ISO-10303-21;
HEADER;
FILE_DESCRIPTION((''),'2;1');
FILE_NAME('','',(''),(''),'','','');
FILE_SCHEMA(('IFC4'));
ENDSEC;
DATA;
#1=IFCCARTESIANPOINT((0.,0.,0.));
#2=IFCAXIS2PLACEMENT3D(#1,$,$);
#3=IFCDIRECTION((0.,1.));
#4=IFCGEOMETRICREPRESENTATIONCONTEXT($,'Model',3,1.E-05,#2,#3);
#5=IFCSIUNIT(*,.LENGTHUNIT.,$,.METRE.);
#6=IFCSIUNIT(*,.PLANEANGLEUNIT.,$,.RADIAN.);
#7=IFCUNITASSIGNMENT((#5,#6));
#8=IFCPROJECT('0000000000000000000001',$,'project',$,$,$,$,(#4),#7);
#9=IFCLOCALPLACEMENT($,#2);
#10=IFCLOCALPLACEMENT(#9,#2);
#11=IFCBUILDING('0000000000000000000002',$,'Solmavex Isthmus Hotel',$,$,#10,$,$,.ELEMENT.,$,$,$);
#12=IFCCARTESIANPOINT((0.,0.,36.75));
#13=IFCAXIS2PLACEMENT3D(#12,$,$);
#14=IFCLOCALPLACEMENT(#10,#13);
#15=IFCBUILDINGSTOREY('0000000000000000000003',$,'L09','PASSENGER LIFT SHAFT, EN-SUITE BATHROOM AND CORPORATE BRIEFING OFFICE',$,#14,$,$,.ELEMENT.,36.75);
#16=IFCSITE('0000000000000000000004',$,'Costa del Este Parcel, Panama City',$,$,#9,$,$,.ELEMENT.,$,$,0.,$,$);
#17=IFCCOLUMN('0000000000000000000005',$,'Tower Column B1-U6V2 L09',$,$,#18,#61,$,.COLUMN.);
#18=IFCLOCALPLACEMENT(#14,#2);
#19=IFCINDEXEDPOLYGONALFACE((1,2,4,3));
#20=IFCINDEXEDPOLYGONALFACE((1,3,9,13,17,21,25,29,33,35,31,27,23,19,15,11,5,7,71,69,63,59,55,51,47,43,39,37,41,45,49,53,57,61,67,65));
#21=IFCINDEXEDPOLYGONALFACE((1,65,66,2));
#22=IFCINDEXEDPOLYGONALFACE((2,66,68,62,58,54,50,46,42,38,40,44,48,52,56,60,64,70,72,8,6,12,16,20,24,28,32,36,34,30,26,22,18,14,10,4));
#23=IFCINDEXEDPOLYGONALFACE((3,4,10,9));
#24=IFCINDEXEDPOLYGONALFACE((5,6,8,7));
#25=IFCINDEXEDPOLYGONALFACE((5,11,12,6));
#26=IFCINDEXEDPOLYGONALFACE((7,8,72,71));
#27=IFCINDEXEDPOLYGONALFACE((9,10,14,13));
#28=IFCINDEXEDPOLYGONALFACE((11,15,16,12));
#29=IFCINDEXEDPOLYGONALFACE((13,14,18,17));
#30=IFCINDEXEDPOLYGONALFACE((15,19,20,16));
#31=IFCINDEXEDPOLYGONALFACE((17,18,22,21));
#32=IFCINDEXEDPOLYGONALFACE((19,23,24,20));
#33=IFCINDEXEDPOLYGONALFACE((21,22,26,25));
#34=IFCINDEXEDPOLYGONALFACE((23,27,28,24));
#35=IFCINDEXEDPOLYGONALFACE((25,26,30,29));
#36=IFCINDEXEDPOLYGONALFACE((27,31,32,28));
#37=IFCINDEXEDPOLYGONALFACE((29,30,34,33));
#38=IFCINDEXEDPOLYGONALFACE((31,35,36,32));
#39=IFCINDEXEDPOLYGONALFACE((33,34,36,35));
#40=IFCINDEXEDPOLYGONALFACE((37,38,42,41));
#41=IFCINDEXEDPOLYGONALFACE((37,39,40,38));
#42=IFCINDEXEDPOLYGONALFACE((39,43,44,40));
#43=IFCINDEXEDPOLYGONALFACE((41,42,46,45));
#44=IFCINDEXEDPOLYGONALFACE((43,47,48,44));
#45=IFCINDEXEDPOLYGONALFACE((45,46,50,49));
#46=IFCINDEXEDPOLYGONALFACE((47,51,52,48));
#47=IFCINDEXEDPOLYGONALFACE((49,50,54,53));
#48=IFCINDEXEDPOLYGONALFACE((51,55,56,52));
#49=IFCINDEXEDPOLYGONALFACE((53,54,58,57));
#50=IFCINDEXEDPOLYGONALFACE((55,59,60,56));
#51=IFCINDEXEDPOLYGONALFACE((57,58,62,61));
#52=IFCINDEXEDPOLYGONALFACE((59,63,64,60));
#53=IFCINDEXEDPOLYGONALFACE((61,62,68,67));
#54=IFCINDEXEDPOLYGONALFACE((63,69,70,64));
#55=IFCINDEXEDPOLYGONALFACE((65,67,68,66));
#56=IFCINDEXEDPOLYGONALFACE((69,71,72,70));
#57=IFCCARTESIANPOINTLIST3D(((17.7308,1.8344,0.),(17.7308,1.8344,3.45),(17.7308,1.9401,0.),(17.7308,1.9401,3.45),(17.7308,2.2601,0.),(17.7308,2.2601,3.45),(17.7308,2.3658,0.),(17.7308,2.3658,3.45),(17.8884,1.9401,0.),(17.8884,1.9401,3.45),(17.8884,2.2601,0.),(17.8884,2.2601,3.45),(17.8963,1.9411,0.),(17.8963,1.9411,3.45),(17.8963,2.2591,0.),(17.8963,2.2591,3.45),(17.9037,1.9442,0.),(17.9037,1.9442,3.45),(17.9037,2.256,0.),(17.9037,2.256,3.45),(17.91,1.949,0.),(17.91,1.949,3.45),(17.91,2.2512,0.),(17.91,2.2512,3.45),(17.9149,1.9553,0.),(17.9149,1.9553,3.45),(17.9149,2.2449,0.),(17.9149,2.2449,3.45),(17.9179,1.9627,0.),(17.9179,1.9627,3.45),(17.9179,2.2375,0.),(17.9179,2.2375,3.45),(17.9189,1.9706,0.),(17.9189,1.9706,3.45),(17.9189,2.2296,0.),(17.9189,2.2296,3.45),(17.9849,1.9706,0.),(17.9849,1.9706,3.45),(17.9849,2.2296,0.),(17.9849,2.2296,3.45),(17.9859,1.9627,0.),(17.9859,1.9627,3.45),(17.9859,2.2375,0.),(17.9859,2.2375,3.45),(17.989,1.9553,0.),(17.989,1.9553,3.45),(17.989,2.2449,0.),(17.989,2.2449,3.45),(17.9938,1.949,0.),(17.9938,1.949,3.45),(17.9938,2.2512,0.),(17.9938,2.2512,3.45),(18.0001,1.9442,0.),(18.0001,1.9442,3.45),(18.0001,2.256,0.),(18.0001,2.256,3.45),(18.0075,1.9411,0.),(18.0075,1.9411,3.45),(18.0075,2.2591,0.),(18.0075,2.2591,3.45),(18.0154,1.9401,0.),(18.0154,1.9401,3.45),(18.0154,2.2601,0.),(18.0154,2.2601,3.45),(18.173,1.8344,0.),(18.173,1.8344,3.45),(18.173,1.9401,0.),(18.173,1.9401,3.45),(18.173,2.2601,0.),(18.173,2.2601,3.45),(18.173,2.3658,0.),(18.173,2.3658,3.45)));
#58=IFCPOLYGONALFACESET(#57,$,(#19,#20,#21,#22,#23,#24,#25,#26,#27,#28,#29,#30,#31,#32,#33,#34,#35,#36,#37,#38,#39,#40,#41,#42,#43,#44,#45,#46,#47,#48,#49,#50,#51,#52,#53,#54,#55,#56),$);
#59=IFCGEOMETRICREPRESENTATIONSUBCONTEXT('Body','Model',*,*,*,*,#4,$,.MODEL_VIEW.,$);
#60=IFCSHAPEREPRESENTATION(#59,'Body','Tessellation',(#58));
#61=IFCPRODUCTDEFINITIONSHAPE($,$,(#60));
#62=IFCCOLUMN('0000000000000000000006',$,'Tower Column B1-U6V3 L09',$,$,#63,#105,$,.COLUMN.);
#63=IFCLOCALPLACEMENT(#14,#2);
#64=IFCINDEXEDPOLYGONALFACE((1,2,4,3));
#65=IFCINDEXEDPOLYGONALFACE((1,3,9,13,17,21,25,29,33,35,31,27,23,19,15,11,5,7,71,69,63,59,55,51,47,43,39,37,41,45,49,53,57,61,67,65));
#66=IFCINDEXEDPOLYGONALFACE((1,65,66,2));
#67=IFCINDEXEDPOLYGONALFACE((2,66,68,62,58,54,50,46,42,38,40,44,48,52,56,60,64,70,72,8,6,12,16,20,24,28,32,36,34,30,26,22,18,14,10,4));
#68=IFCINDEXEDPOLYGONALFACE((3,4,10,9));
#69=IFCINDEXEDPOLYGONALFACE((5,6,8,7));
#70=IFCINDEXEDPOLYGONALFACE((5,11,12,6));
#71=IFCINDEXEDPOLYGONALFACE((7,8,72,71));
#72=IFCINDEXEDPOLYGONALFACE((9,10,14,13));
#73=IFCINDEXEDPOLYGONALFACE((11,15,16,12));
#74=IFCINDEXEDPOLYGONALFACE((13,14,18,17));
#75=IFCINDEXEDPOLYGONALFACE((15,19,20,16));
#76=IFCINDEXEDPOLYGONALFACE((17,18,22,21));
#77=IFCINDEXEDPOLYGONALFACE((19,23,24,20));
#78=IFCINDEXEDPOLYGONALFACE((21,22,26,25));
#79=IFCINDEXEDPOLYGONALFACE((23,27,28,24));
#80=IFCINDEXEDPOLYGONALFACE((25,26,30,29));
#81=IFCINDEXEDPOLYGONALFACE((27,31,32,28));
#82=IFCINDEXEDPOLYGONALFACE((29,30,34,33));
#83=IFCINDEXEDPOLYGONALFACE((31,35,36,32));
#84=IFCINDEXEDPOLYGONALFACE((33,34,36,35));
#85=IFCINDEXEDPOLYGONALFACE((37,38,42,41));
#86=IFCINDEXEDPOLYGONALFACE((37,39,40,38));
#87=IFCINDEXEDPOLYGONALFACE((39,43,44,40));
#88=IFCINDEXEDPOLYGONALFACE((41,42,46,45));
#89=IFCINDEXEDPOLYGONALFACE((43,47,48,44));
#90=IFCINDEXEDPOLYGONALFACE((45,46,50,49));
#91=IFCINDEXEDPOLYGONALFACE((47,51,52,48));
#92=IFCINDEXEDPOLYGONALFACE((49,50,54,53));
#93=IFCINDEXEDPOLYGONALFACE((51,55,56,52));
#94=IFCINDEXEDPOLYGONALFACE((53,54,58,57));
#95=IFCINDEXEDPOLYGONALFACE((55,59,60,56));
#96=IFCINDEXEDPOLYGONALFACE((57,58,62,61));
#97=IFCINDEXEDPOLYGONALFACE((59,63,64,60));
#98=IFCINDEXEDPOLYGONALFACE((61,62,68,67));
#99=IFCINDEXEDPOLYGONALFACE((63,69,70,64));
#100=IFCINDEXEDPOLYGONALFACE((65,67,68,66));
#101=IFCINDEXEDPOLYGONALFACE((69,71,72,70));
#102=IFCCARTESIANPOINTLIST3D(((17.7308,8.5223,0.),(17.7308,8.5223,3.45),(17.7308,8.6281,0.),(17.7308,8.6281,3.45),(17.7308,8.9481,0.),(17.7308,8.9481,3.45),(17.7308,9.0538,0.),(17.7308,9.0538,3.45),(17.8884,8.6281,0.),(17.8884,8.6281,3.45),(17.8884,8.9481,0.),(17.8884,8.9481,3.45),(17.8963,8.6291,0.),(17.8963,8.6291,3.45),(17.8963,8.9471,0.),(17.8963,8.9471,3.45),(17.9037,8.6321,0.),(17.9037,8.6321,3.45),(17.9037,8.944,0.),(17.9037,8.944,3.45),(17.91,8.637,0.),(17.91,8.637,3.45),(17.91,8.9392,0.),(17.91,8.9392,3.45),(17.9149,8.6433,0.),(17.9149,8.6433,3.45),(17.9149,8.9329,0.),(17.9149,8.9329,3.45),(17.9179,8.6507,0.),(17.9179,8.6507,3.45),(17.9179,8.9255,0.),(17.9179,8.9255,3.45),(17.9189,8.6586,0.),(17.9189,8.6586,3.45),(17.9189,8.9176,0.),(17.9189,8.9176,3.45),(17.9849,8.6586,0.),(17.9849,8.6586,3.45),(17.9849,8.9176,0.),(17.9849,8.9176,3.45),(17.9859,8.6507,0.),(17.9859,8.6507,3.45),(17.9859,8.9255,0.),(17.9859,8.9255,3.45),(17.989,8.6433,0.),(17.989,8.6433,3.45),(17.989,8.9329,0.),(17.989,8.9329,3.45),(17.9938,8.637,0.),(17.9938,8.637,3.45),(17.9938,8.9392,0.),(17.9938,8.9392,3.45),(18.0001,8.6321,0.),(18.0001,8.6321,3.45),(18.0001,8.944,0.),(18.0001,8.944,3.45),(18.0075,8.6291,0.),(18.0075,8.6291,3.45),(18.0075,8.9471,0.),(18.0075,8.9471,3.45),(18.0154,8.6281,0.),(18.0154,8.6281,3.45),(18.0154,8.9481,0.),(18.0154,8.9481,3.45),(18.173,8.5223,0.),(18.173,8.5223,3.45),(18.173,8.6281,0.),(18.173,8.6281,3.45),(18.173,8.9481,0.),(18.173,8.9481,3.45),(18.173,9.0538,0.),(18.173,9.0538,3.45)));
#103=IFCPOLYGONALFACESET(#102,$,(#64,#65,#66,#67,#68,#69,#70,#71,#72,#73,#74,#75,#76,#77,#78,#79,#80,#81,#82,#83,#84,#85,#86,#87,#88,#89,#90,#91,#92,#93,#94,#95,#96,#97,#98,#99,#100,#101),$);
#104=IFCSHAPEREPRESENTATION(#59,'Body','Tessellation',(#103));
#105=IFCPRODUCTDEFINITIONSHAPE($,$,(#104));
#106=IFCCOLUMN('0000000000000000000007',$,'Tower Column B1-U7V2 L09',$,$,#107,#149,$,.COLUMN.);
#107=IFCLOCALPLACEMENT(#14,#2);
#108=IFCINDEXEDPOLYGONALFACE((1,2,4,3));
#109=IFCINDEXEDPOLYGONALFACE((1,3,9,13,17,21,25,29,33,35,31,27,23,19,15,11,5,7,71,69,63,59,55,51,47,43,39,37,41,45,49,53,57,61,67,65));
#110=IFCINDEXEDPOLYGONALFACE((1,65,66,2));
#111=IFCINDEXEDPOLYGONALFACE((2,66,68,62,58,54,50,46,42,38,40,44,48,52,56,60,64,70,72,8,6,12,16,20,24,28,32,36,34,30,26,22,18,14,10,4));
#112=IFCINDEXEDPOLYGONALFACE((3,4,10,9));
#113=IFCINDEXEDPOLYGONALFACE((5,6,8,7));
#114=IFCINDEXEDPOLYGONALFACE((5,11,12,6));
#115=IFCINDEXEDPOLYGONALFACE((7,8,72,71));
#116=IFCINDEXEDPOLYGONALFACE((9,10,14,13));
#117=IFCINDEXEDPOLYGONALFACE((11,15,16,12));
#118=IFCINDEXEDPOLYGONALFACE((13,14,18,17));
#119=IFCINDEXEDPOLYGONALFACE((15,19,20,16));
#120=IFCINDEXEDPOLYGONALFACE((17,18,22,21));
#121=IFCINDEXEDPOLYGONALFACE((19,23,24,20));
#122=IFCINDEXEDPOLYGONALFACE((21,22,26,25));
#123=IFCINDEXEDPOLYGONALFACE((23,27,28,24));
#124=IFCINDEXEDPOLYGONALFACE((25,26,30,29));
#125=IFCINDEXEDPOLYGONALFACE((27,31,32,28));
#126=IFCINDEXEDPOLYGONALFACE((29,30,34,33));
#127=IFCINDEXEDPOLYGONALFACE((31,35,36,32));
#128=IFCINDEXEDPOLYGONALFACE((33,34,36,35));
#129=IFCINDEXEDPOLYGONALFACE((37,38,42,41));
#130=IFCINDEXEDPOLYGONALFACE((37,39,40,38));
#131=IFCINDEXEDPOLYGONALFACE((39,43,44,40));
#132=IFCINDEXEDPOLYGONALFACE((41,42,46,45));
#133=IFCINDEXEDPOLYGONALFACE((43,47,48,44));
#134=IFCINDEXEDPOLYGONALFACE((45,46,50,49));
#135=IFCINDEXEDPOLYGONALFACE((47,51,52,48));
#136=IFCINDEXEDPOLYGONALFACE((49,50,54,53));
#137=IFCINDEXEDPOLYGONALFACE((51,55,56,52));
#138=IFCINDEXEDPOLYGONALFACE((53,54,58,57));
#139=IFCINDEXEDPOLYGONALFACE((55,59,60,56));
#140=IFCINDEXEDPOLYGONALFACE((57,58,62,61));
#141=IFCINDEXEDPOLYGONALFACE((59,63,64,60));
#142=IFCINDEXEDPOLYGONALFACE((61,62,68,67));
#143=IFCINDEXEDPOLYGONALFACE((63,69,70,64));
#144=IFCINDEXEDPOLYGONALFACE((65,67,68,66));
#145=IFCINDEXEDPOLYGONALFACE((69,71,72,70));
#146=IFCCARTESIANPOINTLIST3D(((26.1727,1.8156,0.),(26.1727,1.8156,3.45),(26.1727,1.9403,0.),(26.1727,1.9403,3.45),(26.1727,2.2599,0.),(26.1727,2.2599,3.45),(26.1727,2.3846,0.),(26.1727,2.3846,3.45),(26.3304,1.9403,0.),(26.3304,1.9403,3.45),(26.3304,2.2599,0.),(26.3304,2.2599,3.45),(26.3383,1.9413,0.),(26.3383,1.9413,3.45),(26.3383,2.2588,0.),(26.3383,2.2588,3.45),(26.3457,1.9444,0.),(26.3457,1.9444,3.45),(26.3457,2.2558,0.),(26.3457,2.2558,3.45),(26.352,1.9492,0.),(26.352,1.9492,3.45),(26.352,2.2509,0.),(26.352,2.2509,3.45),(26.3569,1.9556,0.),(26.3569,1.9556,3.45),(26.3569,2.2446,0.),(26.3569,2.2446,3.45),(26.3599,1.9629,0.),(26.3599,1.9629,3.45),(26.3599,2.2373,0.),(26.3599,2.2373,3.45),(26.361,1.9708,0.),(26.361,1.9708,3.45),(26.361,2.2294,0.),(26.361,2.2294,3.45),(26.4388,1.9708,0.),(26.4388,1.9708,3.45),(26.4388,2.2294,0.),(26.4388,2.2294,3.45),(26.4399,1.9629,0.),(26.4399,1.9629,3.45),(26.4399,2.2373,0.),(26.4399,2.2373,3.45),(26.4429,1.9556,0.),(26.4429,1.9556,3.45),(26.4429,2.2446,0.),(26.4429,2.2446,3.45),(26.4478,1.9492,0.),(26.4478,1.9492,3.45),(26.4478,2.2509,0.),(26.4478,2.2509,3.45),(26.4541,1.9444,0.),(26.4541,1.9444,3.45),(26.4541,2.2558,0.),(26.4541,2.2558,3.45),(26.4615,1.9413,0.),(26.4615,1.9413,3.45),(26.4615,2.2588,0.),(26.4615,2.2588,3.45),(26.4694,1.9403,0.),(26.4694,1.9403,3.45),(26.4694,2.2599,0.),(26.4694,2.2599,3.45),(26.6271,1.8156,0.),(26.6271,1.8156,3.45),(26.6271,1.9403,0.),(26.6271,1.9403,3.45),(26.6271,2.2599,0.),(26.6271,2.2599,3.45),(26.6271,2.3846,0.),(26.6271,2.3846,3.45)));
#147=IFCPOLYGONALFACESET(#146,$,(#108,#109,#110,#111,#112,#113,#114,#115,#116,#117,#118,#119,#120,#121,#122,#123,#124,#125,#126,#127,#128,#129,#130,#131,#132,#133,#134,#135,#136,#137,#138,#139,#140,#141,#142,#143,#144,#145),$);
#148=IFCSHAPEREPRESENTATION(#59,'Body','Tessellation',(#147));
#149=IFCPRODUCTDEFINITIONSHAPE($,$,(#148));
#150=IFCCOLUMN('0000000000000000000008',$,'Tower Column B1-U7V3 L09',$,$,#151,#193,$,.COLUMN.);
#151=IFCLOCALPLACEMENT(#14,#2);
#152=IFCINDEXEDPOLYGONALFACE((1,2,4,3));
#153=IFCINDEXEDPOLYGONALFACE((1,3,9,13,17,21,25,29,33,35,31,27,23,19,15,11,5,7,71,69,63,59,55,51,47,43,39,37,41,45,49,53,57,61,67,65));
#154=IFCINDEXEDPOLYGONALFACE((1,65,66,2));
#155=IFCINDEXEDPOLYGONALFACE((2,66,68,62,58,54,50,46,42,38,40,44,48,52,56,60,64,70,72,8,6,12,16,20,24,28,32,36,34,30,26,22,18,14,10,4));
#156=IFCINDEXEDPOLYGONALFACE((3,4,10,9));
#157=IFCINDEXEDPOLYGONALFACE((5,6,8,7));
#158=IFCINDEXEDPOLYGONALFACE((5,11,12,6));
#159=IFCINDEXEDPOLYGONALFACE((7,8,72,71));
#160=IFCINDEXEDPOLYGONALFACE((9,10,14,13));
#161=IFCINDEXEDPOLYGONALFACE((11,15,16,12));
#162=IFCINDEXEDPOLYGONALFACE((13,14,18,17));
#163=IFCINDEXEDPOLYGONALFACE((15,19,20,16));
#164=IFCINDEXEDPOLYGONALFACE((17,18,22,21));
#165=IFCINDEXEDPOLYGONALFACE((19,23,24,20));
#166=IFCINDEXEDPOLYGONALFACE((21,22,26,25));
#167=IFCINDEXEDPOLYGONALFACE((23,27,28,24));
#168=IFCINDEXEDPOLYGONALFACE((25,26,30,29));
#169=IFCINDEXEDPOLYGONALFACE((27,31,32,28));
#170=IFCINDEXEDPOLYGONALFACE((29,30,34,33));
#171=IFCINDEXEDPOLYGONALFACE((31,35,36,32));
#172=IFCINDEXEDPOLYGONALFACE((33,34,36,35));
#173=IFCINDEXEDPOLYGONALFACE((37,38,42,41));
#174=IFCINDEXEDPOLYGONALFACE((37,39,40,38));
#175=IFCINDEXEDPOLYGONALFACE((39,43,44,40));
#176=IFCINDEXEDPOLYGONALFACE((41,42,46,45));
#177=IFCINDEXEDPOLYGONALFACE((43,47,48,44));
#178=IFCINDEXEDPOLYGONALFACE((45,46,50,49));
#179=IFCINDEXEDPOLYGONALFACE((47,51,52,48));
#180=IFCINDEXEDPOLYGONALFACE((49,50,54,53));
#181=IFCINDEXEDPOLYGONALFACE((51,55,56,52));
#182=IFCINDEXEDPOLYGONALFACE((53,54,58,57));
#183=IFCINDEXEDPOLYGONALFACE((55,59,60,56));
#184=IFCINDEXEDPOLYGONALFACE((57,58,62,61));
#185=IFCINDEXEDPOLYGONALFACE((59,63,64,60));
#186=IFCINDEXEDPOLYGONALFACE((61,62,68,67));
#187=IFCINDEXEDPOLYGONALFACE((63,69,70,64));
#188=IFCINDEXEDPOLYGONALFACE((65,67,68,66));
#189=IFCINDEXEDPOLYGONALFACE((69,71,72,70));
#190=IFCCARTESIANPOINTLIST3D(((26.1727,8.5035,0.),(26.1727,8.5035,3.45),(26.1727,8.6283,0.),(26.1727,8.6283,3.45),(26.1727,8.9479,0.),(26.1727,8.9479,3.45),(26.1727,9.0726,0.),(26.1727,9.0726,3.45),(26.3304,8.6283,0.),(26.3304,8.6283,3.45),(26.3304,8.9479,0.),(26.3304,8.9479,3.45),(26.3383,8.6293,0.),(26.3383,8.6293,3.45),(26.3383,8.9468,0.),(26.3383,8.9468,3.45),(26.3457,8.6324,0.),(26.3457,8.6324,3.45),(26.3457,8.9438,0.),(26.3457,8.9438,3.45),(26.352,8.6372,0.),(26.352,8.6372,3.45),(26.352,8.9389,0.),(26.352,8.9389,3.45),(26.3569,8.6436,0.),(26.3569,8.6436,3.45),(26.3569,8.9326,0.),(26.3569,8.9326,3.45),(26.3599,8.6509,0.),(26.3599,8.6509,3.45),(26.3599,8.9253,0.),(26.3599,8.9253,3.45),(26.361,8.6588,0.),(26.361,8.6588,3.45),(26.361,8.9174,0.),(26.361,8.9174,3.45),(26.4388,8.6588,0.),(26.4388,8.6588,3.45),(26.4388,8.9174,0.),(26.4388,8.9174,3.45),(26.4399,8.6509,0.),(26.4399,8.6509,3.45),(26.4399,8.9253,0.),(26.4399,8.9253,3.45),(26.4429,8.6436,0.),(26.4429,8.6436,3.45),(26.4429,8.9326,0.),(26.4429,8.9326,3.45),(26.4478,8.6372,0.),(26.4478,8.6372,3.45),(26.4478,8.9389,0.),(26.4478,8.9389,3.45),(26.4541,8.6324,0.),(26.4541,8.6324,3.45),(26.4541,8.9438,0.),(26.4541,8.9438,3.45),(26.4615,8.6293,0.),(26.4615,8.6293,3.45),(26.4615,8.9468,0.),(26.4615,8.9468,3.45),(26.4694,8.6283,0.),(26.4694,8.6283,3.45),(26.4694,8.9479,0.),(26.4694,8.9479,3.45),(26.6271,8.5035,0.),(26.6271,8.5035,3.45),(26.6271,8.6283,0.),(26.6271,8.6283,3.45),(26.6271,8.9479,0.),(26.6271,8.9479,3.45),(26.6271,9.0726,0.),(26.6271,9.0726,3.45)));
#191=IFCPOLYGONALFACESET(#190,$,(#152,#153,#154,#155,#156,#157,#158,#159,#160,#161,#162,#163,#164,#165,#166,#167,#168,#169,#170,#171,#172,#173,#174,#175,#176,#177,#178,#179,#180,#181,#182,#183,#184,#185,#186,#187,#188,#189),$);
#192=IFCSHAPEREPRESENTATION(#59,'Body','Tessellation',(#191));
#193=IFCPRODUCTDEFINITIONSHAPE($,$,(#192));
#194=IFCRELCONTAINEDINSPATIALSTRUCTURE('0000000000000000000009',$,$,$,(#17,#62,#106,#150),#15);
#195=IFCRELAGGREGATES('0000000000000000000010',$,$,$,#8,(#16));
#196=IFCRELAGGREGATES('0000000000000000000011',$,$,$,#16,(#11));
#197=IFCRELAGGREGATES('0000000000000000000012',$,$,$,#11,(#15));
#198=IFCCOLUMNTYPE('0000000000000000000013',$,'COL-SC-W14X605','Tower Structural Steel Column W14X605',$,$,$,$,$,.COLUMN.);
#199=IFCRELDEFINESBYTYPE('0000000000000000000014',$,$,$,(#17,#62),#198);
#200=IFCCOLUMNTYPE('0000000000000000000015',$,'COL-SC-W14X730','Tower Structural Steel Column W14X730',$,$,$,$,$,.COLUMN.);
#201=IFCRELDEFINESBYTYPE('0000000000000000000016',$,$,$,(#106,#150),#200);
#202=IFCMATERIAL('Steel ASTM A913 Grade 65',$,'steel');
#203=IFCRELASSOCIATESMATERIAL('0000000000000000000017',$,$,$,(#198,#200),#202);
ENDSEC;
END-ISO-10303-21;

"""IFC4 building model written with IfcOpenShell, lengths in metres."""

from ifc_helpers import new_model, si_unit, direction, frame, origin, origin_2d, place, context, subcontext, project, spatial, i_section, extrude, material, material_profile, profile_set, type_object, element, save


model = new_model("IFC4")

# Units and contexts
model_context = context("Model", 3, precision=1e-05, world=origin(), true_north=direction((0.0, 1.0)))
body_context = subcontext(model_context, "Body", "Model", "MODEL_VIEW")
ifc_project = project(units=[si_unit("LENGTHUNIT", "METRE"), si_unit("PLANEANGLEUNIT", "RADIAN")], contexts=[model_context])

# Site, building, storey
site_placement = place(None, origin())
site = spatial("IfcSite", under=ifc_project, at=site_placement, Name="Costa del Este Parcel, Panama City", CompositionType="ELEMENT", RefElevation=0.0)
building_placement = place(site_placement, origin())
building = spatial("IfcBuilding", under=site, at=building_placement, Name="Solmavex Isthmus Hotel", CompositionType="ELEMENT")
storey_placement = place(building_placement, frame((0.0, 0.0, 36.75)))
storey = spatial("IfcBuildingStorey", under=building, at=storey_placement, Name="L09", Description="PASSENGER LIFT SHAFT, EN-SUITE BATHROOM AND CORPORATE BRIEFING OFFICE", CompositionType="ELEMENT", Elevation=36.75)

# Columns
ifc_material_1 = material(Name="Steel ASTM A913 Grade 65", Category="steel")
ifc_material_profile_1 = material_profile(ifc_material_1, i_section(OverallWidth=0.4421, OverallDepth=0.5315, WebThickness=0.0659, FlangeThickness=0.1057, FilletRadius=0.0305, at=origin_2d()), Name="W14X605")
ifc_profile_set_1 = profile_set([ifc_material_profile_1], Name="Steel ASTM A913 Grade 65")
column_type_1 = type_object("IfcColumnType", Name="COL-SC-W14X605", Description="Tower Structural Steel Column W14X605", PredefinedType="COLUMN", material=ifc_profile_set_1)
for number, where, z_axis, x_axis, name in (
    (1, (17.9519, 2.1001, 0.0), (0.0, 0.0, 1.0), (1.0, 0.0, 0.0), "Tower Column B1-U6V2 L09"),
    (2, (17.9519, 8.7881, 0.0), (0.0, 0.0, 1.0), (1.0, 0.0, 0.0), "Tower Column B1-U6V3 L09"),
):
    element("IfcColumn", number, at=place(storey_placement, frame(where, z_axis=z_axis, x_axis=x_axis)), inside=storey, type_object=column_type_1, Name=name, PredefinedType="COLUMN", context=body_context, shape_type="SweptSolid", body=[
        extrude(i_section(OverallWidth=0.4421, OverallDepth=0.5315, WebThickness=0.0659, FlangeThickness=0.1057, FilletRadius=0.0305, at=origin_2d()), origin(), (0.0, 0.0, 1.0), 3.45),
    ])
ifc_material_profile_2 = material_profile(ifc_material_1, i_section(OverallWidth=0.4543, OverallDepth=0.5691, WebThickness=0.0779, FlangeThickness=0.1248, FilletRadius=0.0305, at=origin_2d()), Name="W14X730")
ifc_profile_set_2 = profile_set([ifc_material_profile_2], Name="Steel ASTM A913 Grade 65")
column_type_2 = type_object("IfcColumnType", Name="COL-SC-W14X730", Description="Tower Structural Steel Column W14X730", PredefinedType="COLUMN", material=ifc_profile_set_2)
for number, where, z_axis, x_axis, name in (
    (3, (26.3999, 2.1001, 0.0), (0.0, 0.0, 1.0), (1.0, 0.0, 0.0), "Tower Column B1-U7V2 L09"),
    (4, (26.3999, 8.7881, 0.0), (0.0, 0.0, 1.0), (1.0, 0.0, 0.0), "Tower Column B1-U7V3 L09"),
):
    element("IfcColumn", number, at=place(storey_placement, frame(where, z_axis=z_axis, x_axis=x_axis)), inside=storey, type_object=column_type_2, Name=name, PredefinedType="COLUMN", context=body_context, shape_type="SweptSolid", body=[
        extrude(i_section(OverallWidth=0.4543, OverallDepth=0.5691, WebThickness=0.0779, FlangeThickness=0.1248, FilletRadius=0.0305, at=origin_2d()), origin(), (0.0, 0.0, 1.0), 3.45),
    ])

save(model, "model.ifc")
